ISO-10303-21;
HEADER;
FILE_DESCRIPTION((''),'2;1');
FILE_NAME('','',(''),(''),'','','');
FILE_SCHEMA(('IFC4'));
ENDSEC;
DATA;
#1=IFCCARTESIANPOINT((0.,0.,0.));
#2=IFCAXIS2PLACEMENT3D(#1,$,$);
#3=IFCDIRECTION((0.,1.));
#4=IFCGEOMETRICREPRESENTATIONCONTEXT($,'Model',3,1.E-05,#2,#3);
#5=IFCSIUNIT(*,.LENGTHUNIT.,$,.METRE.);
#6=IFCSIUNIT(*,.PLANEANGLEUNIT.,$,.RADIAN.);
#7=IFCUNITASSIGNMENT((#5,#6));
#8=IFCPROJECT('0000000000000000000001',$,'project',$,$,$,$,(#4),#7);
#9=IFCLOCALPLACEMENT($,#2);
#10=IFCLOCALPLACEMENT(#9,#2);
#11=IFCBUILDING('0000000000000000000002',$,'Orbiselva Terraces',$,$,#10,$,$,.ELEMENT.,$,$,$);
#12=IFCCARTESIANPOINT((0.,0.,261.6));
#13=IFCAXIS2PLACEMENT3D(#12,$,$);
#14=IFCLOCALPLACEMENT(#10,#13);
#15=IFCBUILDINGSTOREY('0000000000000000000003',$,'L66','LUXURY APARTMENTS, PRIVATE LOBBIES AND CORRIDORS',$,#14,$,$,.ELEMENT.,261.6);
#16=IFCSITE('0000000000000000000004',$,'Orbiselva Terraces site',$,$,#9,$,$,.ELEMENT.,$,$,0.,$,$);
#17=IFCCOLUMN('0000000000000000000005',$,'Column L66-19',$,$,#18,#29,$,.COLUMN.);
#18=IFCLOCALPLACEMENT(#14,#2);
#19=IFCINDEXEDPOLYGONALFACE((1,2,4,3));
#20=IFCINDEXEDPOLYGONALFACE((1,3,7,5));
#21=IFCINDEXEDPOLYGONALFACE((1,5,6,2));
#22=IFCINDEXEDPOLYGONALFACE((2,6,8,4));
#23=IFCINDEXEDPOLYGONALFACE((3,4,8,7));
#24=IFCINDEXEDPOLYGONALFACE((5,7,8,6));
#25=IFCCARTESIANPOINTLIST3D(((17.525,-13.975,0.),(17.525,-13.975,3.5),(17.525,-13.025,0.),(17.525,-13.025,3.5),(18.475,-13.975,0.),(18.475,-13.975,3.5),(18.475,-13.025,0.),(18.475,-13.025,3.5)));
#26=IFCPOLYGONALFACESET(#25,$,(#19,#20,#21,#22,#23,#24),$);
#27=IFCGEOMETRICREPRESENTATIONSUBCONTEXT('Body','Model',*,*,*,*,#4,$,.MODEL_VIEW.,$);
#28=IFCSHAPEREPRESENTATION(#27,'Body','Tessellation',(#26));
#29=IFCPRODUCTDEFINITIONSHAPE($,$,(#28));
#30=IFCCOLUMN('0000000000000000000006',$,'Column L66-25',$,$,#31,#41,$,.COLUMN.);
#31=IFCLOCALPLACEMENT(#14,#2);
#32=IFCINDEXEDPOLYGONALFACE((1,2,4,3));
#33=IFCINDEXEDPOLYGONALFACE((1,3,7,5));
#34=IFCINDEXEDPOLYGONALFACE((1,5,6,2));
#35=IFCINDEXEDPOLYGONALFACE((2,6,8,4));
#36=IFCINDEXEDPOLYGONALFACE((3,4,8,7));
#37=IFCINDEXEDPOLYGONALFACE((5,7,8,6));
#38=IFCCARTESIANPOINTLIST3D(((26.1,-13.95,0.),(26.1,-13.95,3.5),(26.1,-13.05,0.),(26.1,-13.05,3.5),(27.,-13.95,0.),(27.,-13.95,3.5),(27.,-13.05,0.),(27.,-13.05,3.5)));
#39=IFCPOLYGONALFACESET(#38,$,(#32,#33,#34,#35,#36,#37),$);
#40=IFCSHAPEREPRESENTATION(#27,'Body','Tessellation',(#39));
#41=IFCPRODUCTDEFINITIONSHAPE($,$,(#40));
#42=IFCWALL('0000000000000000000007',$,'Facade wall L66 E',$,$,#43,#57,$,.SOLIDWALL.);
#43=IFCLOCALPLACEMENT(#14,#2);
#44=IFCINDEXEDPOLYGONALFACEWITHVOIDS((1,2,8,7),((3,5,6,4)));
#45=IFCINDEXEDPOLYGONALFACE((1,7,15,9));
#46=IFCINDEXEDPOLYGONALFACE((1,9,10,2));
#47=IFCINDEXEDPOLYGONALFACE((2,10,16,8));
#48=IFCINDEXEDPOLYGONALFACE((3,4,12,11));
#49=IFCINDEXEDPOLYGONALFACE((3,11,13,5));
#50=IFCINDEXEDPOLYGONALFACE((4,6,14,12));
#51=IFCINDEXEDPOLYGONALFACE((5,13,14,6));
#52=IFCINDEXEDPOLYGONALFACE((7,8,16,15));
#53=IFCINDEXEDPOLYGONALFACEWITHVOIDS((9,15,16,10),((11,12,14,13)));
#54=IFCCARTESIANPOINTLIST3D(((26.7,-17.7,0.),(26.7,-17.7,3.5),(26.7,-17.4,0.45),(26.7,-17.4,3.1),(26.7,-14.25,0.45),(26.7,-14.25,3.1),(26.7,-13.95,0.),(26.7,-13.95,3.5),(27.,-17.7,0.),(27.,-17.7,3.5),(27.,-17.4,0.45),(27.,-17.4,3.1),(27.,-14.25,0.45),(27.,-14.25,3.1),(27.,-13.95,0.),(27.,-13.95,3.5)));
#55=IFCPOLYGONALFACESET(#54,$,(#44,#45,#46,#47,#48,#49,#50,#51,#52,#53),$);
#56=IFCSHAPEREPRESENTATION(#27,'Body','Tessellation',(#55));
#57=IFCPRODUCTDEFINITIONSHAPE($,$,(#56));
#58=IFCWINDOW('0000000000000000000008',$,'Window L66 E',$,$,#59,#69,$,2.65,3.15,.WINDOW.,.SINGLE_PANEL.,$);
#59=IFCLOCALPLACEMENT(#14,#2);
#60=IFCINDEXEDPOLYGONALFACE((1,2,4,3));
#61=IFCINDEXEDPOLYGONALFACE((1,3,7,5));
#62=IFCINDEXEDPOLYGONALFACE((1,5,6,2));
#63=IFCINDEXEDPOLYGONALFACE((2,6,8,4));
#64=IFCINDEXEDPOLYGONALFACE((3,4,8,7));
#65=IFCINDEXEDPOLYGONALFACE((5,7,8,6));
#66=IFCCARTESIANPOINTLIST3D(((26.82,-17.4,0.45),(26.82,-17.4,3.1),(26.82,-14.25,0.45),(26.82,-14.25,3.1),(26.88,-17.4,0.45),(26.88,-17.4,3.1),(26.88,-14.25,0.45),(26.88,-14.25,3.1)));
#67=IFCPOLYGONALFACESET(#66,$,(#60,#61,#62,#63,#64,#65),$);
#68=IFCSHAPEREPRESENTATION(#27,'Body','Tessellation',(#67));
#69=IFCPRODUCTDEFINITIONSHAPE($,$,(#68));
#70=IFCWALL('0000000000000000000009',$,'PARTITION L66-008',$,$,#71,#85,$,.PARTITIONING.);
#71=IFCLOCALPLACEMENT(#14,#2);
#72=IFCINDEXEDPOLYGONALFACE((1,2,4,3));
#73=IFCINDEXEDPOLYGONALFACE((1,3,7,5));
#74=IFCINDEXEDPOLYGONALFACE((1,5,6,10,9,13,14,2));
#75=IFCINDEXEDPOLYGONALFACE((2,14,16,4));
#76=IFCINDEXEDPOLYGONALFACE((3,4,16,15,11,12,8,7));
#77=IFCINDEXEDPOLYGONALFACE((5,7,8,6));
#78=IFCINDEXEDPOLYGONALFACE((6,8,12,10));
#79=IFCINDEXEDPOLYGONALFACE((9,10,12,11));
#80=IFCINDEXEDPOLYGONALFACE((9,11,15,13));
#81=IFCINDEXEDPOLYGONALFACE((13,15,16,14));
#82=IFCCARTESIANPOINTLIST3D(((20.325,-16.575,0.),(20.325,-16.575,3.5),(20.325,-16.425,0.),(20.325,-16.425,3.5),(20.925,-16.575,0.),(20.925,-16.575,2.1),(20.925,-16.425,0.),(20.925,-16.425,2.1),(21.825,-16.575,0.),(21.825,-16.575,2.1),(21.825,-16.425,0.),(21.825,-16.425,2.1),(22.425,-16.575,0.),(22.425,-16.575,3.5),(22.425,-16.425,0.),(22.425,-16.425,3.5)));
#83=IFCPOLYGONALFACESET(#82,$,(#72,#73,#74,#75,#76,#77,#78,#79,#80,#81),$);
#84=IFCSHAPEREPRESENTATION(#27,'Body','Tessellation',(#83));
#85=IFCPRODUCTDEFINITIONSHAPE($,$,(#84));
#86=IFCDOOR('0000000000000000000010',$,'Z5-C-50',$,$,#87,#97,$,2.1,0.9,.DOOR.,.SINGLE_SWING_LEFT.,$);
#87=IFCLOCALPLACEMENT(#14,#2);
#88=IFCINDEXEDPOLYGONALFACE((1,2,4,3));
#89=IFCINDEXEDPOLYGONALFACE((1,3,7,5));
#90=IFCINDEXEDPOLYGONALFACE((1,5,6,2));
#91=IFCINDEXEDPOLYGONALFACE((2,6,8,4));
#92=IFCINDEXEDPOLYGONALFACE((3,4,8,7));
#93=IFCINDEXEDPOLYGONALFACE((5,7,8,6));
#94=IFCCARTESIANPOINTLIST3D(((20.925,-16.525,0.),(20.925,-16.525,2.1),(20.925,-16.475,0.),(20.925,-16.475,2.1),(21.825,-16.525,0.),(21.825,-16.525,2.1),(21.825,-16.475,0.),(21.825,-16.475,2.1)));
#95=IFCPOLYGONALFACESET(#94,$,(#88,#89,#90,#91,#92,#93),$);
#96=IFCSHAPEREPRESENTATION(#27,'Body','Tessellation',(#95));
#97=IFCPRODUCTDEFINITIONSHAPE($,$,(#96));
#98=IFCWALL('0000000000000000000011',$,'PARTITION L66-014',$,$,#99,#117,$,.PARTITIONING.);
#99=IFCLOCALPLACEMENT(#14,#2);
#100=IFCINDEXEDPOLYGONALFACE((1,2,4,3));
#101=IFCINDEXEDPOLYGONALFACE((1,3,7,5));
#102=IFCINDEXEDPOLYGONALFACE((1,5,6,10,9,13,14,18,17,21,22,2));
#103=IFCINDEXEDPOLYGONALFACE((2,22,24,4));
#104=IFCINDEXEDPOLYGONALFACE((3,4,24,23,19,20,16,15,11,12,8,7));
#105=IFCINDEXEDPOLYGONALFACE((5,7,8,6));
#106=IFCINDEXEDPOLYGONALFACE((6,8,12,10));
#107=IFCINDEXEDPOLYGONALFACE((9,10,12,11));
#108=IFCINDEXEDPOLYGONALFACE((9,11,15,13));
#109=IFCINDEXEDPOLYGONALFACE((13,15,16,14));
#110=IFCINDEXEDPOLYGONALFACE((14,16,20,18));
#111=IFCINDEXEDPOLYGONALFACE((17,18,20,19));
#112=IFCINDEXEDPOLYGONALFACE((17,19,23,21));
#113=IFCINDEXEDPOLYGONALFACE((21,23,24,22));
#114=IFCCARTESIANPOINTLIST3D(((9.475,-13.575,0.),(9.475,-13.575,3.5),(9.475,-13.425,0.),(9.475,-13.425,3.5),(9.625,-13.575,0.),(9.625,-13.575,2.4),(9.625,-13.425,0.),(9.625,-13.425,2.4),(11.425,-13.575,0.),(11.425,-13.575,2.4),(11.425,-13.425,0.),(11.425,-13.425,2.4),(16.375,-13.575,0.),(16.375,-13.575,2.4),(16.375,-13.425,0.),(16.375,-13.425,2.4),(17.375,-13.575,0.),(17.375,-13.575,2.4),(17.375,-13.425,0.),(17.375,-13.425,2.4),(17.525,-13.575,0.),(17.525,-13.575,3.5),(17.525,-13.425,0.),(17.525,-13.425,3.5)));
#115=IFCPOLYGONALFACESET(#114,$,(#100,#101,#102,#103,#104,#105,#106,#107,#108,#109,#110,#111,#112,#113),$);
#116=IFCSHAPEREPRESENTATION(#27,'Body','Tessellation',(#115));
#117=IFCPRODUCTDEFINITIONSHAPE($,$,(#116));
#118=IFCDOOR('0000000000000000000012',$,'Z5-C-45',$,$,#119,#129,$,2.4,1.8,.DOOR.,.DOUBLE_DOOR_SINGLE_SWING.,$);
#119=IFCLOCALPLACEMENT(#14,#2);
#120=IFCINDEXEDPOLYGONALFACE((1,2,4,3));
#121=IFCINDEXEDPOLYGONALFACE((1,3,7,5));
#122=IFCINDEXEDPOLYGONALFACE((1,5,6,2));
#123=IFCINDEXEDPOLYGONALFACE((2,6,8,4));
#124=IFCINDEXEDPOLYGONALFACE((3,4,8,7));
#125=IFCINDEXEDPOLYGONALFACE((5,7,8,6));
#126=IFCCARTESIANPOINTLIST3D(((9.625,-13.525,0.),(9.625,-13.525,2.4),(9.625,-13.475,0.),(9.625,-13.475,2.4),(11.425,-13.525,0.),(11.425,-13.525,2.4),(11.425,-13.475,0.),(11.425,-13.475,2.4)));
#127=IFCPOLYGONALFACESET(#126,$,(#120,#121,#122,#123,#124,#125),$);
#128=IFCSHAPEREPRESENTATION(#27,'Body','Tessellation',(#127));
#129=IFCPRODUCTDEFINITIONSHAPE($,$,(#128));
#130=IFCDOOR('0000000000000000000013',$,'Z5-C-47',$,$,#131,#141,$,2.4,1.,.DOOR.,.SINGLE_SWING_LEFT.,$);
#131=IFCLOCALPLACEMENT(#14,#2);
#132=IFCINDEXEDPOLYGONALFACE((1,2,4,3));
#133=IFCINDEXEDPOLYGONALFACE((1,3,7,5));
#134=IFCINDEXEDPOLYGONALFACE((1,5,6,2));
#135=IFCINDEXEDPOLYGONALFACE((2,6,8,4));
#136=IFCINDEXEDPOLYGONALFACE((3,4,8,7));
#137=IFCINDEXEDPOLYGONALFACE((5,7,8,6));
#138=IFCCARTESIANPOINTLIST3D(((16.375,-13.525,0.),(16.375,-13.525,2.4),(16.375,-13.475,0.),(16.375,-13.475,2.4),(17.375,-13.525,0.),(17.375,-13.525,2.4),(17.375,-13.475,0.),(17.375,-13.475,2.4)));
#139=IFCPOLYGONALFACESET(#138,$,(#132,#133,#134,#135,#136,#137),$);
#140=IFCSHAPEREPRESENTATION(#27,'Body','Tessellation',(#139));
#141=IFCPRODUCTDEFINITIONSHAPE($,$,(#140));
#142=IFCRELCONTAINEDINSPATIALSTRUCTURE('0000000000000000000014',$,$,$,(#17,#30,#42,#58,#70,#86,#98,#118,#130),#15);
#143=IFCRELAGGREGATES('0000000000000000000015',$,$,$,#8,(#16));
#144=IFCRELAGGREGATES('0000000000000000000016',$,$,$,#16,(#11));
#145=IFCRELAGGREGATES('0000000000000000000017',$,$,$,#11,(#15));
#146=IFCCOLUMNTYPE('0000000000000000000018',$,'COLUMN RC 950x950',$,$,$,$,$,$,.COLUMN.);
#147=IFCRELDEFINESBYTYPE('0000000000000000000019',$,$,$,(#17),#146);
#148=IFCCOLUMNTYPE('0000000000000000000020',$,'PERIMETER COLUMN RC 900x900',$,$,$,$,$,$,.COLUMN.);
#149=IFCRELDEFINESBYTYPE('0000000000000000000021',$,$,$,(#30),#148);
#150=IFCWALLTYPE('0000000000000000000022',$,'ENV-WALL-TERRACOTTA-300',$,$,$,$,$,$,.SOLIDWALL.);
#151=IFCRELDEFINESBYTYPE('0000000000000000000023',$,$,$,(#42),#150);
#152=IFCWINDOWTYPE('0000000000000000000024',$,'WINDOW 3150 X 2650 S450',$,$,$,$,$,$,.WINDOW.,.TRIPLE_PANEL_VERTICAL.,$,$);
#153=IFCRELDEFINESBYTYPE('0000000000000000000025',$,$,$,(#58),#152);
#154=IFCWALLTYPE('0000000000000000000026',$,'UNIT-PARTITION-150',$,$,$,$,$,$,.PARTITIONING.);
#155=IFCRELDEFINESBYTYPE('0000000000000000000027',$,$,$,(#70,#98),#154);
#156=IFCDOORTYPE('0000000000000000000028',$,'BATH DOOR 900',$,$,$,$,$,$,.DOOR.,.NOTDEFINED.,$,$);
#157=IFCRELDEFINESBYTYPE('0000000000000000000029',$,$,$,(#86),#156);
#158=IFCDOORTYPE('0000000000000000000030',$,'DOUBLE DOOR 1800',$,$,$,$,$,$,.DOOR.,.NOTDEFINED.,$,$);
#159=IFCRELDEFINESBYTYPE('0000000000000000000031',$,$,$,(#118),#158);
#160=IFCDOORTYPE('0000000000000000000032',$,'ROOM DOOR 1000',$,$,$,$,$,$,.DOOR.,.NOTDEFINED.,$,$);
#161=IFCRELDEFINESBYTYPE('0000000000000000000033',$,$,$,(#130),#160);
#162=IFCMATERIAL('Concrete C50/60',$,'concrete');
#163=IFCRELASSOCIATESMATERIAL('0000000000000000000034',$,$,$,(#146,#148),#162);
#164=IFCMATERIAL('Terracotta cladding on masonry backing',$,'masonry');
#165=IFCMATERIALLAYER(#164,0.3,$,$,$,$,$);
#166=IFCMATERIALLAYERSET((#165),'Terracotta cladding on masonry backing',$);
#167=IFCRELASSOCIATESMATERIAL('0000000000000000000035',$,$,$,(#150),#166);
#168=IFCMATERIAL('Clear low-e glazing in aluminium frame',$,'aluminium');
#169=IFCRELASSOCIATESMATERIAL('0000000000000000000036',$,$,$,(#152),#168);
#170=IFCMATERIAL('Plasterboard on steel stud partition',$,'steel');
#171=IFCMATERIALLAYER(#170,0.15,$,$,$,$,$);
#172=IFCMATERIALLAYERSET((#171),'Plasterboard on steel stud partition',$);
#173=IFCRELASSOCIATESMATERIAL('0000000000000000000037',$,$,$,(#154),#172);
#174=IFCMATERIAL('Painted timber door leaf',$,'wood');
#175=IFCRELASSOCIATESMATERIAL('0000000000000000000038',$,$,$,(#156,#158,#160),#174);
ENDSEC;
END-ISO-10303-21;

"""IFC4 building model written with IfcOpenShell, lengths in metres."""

from ifc_helpers import new_model, si_unit, direction, frame, frame_2d, origin, origin_2d, place, context, subcontext, project, spatial, rectangle, extrude, material, layer, layer_set, material_profile, profile_set, type_object, element, fill, save


model = new_model("IFC4")

# Units and contexts
model_context = context("Model", 3, precision=1e-05, world=origin(), true_north=direction((0.0, 1.0)))
body_context = subcontext(model_context, "Body", "Model", "MODEL_VIEW")
ifc_project = project(units=[si_unit("LENGTHUNIT", "METRE"), si_unit("PLANEANGLEUNIT", "RADIAN")], contexts=[model_context])

# Site, building, storey
site_placement = place(None, origin())
site = spatial("IfcSite", under=ifc_project, at=site_placement, Name="Orbiselva Terraces site", CompositionType="ELEMENT", RefElevation=0.0)
building_placement = place(site_placement, origin())
building = spatial("IfcBuilding", under=site, at=building_placement, Name="Orbiselva Terraces", CompositionType="ELEMENT")
storey_placement = place(building_placement, frame((0.0, 0.0, 261.6)))
storey = spatial("IfcBuildingStorey", under=building, at=storey_placement, Name="L66", Description="LUXURY APARTMENTS, PRIVATE LOBBIES AND CORRIDORS", CompositionType="ELEMENT", Elevation=261.6)

# Columns
ifc_material_1 = material(Name="Concrete C50/60", Category="concrete")
ifc_material_profile_1 = material_profile(ifc_material_1, rectangle(XDim=0.95, YDim=0.95, at=origin_2d()), Name="RC 950x950")
ifc_profile_set_1 = profile_set([ifc_material_profile_1], Name="Concrete C50/60")
column_type_1 = type_object("IfcColumnType", Name="COLUMN RC 950x950", PredefinedType="COLUMN", material=ifc_profile_set_1)
column_1_placement = place(storey_placement, frame((18.0, -13.5, 0.0), z_axis=(0.0, 0.0, 1.0), x_axis=(1.0, 0.0, 0.0)))
element("IfcColumn", 1, at=column_1_placement, inside=storey, type_object=column_type_1, Name="Column L66-19", PredefinedType="COLUMN", context=body_context, shape_type="SweptSolid", body=[
    extrude(rectangle(XDim=0.95, YDim=0.95, at=origin_2d()), origin(), (0.0, 0.0, 1.0), 3.5),
])
ifc_material_profile_2 = material_profile(ifc_material_1, rectangle(XDim=0.9, YDim=0.9, at=origin_2d()), Name="RC 900x900")
ifc_profile_set_2 = profile_set([ifc_material_profile_2], Name="Concrete C50/60")
column_type_2 = type_object("IfcColumnType", Name="PERIMETER COLUMN RC 900x900", PredefinedType="COLUMN", material=ifc_profile_set_2)
column_2_placement = place(storey_placement, frame((26.55, -13.5, 0.0), z_axis=(0.0, 0.0, 1.0), x_axis=(1.0, 0.0, 0.0)))
element("IfcColumn", 2, at=column_2_placement, inside=storey, type_object=column_type_2, Name="Column L66-25", PredefinedType="COLUMN", context=body_context, shape_type="SweptSolid", body=[
    extrude(rectangle(XDim=0.9, YDim=0.9, at=origin_2d()), origin(), (0.0, 0.0, 1.0), 3.5),
])

# Wall, opening, window
ifc_material_2 = material(Name="Terracotta cladding on masonry backing", Category="masonry")
ifc_layer_1 = layer(ifc_material_2, 0.3)
ifc_layer_set_1 = layer_set([ifc_layer_1], Name="Terracotta cladding on masonry backing")
wall_type_1 = type_object("IfcWallType", Name="ENV-WALL-TERRACOTTA-300", PredefinedType="SOLIDWALL", material=ifc_layer_set_1)
wall_1_placement = place(storey_placement, frame((26.85, -13.95, 0.0), z_axis=(0.0, 0.0, 1.0), x_axis=(0.0, -1.0, 0.0)))
wall_1 = element("IfcWall", 3, at=wall_1_placement, inside=storey, type_object=wall_type_1, Name="Facade wall L66 E", PredefinedType="SOLIDWALL", context=body_context, shape_type="SweptSolid", body=[
    extrude(rectangle(XDim=3.75, YDim=0.3, at=frame_2d((1.875, 0.0))), origin(), (0.0, 0.0, 1.0), 3.5),
])
opening_1_placement = place(wall_1_placement, frame((0.3, 0.0, 0.45)))
opening_1 = element("IfcOpeningElement", 4, at=opening_1_placement, cuts=wall_1, PredefinedType="OPENING", context=body_context, shape_type="SweptSolid", body=[
    extrude(rectangle(XDim=3.15, YDim=2.65, at=frame_2d((1.575, 1.325))), frame((0.0, 0.16, 0.0), z_axis=(0.0, -1.0, 0.0), x_axis=(1.0, 0.0, 0.0)), (0.0, 0.0, 1.0), 0.32),
])
ifc_material_3 = material(Name="Clear low-e glazing in aluminium frame", Category="aluminium")
window_type = type_object("IfcWindowType", Name="WINDOW 3150 X 2650 S450", PartitioningType="TRIPLE_PANEL_VERTICAL", PredefinedType="WINDOW", material=ifc_material_3)
window_placement = place(opening_1_placement, origin())
window = element("IfcWindow", 5, at=window_placement, inside=storey, type_object=window_type, Name="Window L66 E", OverallHeight=2.65, OverallWidth=3.15, PartitioningType="SINGLE_PANEL", PredefinedType="WINDOW", context=body_context, shape_type="SweptSolid", body=[
    extrude(rectangle(XDim=3.15, YDim=2.65, at=frame_2d((1.575, 1.325))), frame((0.0, 0.03, 0.0), z_axis=(0.0, -1.0, 0.0), x_axis=(1.0, 0.0, 0.0)), (0.0, 0.0, 1.0), 0.06),
])
fill(opening_1, window)

# Wall, opening, door
ifc_material_4 = material(Name="Plasterboard on steel stud partition", Category="steel")
ifc_layer_2 = layer(ifc_material_4, 0.15)
ifc_layer_set_2 = layer_set([ifc_layer_2], Name="Plasterboard on steel stud partition")
wall_type_2 = type_object("IfcWallType", Name="UNIT-PARTITION-150", PredefinedType="PARTITIONING", material=ifc_layer_set_2)
wall_2_placement = place(storey_placement, frame((20.325, -16.5, 0.0), z_axis=(0.0, 0.0, 1.0), x_axis=(1.0, 0.0, 0.0)))
wall_2 = element("IfcWall", 6, at=wall_2_placement, inside=storey, type_object=wall_type_2, Name="PARTITION L66-008", PredefinedType="PARTITIONING", context=body_context, shape_type="SweptSolid", body=[
    extrude(rectangle(XDim=2.1, YDim=0.15, at=frame_2d((1.05, 0.0))), origin(), (0.0, 0.0, 1.0), 3.5),
])
opening_2_placement = place(wall_2_placement, frame((0.6, 0.0, 0.0)))
opening_2 = element("IfcOpeningElement", 7, at=opening_2_placement, cuts=wall_2, PredefinedType="OPENING", context=body_context, shape_type="SweptSolid", body=[
    extrude(rectangle(XDim=0.9, YDim=2.1, at=frame_2d((0.45, 1.05))), frame((0.0, 0.085, 0.0), z_axis=(0.0, -1.0, 0.0), x_axis=(1.0, 0.0, 0.0)), (0.0, 0.0, 1.0), 0.17),
])
ifc_material_5 = material(Name="Painted timber door leaf", Category="wood")
door_type_1 = type_object("IfcDoorType", Name="BATH DOOR 900", OperationType="NOTDEFINED", PredefinedType="DOOR", material=ifc_material_5)
door_1_placement = place(opening_2_placement, origin())
door_1 = element("IfcDoor", 8, at=door_1_placement, inside=storey, type_object=door_type_1, Name="Z5-C-50", OperationType="SINGLE_SWING_LEFT", OverallHeight=2.1, OverallWidth=0.9, PredefinedType="DOOR", context=body_context, shape_type="SweptSolid", body=[
    extrude(rectangle(XDim=0.9, YDim=2.1, at=frame_2d((0.45, 1.05))), frame((0.0, 0.025, 0.0), z_axis=(0.0, -1.0, 0.0), x_axis=(1.0, 0.0, 0.0)), (0.0, 0.0, 1.0), 0.05),
])
fill(opening_2, door_1)

# Wall, openings, doors
wall_3_placement = place(storey_placement, frame((17.525, -13.5, 0.0), z_axis=(0.0, 0.0, 1.0), x_axis=(-1.0, 0.0, 0.0)))
wall_3 = element("IfcWall", 9, at=wall_3_placement, inside=storey, type_object=wall_type_2, Name="PARTITION L66-014", PredefinedType="PARTITIONING", context=body_context, shape_type="SweptSolid", body=[
    extrude(rectangle(XDim=8.05, YDim=0.15, at=frame_2d((4.025, 0.0))), origin(), (0.0, 0.0, 1.0), 3.5),
])
opening_3_placement = place(wall_3_placement, frame((6.1, 0.0, 0.0)))
opening_3 = element("IfcOpeningElement", 10, at=opening_3_placement, cuts=wall_3, PredefinedType="OPENING", context=body_context, shape_type="SweptSolid", body=[
    extrude(rectangle(XDim=1.8, YDim=2.4, at=frame_2d((0.9, 1.2))), frame((0.0, 0.085, 0.0), z_axis=(0.0, -1.0, 0.0), x_axis=(1.0, 0.0, 0.0)), (0.0, 0.0, 1.0), 0.17),
])
opening_4_placement = place(wall_3_placement, frame((0.15, 0.0, 0.0)))
opening_4 = element("IfcOpeningElement", 11, at=opening_4_placement, cuts=wall_3, PredefinedType="OPENING", context=body_context, shape_type="SweptSolid", body=[
    extrude(rectangle(XDim=1.0, YDim=2.4, at=frame_2d((0.5, 1.2))), frame((0.0, 0.085, 0.0), z_axis=(0.0, -1.0, 0.0), x_axis=(1.0, 0.0, 0.0)), (0.0, 0.0, 1.0), 0.17),
])
door_type_2 = type_object("IfcDoorType", Name="DOUBLE DOOR 1800", OperationType="NOTDEFINED", PredefinedType="DOOR", material=ifc_material_5)
door_2_placement = place(opening_3_placement, origin())
door_2 = element("IfcDoor", 12, at=door_2_placement, inside=storey, type_object=door_type_2, Name="Z5-C-45", OperationType="DOUBLE_DOOR_SINGLE_SWING", OverallHeight=2.4, OverallWidth=1.8, PredefinedType="DOOR", context=body_context, shape_type="SweptSolid", body=[
    extrude(rectangle(XDim=1.8, YDim=2.4, at=frame_2d((0.9, 1.2))), frame((0.0, 0.025, 0.0), z_axis=(0.0, -1.0, 0.0), x_axis=(1.0, 0.0, 0.0)), (0.0, 0.0, 1.0), 0.05),
])
fill(opening_3, door_2)
door_type_3 = type_object("IfcDoorType", Name="ROOM DOOR 1000", OperationType="NOTDEFINED", PredefinedType="DOOR", material=ifc_material_5)
door_3_placement = place(opening_4_placement, origin())
door_3 = element("IfcDoor", 13, at=door_3_placement, inside=storey, type_object=door_type_3, Name="Z5-C-47", OperationType="SINGLE_SWING_LEFT", OverallHeight=2.4, OverallWidth=1.0, PredefinedType="DOOR", context=body_context, shape_type="SweptSolid", body=[
    extrude(rectangle(XDim=1.0, YDim=2.4, at=frame_2d((0.5, 1.2))), frame((0.0, 0.025, 0.0), z_axis=(0.0, -1.0, 0.0), x_axis=(1.0, 0.0, 0.0)), (0.0, 0.0, 1.0), 0.05),
])
fill(opening_4, door_3)

save(model, "model.ifc")
